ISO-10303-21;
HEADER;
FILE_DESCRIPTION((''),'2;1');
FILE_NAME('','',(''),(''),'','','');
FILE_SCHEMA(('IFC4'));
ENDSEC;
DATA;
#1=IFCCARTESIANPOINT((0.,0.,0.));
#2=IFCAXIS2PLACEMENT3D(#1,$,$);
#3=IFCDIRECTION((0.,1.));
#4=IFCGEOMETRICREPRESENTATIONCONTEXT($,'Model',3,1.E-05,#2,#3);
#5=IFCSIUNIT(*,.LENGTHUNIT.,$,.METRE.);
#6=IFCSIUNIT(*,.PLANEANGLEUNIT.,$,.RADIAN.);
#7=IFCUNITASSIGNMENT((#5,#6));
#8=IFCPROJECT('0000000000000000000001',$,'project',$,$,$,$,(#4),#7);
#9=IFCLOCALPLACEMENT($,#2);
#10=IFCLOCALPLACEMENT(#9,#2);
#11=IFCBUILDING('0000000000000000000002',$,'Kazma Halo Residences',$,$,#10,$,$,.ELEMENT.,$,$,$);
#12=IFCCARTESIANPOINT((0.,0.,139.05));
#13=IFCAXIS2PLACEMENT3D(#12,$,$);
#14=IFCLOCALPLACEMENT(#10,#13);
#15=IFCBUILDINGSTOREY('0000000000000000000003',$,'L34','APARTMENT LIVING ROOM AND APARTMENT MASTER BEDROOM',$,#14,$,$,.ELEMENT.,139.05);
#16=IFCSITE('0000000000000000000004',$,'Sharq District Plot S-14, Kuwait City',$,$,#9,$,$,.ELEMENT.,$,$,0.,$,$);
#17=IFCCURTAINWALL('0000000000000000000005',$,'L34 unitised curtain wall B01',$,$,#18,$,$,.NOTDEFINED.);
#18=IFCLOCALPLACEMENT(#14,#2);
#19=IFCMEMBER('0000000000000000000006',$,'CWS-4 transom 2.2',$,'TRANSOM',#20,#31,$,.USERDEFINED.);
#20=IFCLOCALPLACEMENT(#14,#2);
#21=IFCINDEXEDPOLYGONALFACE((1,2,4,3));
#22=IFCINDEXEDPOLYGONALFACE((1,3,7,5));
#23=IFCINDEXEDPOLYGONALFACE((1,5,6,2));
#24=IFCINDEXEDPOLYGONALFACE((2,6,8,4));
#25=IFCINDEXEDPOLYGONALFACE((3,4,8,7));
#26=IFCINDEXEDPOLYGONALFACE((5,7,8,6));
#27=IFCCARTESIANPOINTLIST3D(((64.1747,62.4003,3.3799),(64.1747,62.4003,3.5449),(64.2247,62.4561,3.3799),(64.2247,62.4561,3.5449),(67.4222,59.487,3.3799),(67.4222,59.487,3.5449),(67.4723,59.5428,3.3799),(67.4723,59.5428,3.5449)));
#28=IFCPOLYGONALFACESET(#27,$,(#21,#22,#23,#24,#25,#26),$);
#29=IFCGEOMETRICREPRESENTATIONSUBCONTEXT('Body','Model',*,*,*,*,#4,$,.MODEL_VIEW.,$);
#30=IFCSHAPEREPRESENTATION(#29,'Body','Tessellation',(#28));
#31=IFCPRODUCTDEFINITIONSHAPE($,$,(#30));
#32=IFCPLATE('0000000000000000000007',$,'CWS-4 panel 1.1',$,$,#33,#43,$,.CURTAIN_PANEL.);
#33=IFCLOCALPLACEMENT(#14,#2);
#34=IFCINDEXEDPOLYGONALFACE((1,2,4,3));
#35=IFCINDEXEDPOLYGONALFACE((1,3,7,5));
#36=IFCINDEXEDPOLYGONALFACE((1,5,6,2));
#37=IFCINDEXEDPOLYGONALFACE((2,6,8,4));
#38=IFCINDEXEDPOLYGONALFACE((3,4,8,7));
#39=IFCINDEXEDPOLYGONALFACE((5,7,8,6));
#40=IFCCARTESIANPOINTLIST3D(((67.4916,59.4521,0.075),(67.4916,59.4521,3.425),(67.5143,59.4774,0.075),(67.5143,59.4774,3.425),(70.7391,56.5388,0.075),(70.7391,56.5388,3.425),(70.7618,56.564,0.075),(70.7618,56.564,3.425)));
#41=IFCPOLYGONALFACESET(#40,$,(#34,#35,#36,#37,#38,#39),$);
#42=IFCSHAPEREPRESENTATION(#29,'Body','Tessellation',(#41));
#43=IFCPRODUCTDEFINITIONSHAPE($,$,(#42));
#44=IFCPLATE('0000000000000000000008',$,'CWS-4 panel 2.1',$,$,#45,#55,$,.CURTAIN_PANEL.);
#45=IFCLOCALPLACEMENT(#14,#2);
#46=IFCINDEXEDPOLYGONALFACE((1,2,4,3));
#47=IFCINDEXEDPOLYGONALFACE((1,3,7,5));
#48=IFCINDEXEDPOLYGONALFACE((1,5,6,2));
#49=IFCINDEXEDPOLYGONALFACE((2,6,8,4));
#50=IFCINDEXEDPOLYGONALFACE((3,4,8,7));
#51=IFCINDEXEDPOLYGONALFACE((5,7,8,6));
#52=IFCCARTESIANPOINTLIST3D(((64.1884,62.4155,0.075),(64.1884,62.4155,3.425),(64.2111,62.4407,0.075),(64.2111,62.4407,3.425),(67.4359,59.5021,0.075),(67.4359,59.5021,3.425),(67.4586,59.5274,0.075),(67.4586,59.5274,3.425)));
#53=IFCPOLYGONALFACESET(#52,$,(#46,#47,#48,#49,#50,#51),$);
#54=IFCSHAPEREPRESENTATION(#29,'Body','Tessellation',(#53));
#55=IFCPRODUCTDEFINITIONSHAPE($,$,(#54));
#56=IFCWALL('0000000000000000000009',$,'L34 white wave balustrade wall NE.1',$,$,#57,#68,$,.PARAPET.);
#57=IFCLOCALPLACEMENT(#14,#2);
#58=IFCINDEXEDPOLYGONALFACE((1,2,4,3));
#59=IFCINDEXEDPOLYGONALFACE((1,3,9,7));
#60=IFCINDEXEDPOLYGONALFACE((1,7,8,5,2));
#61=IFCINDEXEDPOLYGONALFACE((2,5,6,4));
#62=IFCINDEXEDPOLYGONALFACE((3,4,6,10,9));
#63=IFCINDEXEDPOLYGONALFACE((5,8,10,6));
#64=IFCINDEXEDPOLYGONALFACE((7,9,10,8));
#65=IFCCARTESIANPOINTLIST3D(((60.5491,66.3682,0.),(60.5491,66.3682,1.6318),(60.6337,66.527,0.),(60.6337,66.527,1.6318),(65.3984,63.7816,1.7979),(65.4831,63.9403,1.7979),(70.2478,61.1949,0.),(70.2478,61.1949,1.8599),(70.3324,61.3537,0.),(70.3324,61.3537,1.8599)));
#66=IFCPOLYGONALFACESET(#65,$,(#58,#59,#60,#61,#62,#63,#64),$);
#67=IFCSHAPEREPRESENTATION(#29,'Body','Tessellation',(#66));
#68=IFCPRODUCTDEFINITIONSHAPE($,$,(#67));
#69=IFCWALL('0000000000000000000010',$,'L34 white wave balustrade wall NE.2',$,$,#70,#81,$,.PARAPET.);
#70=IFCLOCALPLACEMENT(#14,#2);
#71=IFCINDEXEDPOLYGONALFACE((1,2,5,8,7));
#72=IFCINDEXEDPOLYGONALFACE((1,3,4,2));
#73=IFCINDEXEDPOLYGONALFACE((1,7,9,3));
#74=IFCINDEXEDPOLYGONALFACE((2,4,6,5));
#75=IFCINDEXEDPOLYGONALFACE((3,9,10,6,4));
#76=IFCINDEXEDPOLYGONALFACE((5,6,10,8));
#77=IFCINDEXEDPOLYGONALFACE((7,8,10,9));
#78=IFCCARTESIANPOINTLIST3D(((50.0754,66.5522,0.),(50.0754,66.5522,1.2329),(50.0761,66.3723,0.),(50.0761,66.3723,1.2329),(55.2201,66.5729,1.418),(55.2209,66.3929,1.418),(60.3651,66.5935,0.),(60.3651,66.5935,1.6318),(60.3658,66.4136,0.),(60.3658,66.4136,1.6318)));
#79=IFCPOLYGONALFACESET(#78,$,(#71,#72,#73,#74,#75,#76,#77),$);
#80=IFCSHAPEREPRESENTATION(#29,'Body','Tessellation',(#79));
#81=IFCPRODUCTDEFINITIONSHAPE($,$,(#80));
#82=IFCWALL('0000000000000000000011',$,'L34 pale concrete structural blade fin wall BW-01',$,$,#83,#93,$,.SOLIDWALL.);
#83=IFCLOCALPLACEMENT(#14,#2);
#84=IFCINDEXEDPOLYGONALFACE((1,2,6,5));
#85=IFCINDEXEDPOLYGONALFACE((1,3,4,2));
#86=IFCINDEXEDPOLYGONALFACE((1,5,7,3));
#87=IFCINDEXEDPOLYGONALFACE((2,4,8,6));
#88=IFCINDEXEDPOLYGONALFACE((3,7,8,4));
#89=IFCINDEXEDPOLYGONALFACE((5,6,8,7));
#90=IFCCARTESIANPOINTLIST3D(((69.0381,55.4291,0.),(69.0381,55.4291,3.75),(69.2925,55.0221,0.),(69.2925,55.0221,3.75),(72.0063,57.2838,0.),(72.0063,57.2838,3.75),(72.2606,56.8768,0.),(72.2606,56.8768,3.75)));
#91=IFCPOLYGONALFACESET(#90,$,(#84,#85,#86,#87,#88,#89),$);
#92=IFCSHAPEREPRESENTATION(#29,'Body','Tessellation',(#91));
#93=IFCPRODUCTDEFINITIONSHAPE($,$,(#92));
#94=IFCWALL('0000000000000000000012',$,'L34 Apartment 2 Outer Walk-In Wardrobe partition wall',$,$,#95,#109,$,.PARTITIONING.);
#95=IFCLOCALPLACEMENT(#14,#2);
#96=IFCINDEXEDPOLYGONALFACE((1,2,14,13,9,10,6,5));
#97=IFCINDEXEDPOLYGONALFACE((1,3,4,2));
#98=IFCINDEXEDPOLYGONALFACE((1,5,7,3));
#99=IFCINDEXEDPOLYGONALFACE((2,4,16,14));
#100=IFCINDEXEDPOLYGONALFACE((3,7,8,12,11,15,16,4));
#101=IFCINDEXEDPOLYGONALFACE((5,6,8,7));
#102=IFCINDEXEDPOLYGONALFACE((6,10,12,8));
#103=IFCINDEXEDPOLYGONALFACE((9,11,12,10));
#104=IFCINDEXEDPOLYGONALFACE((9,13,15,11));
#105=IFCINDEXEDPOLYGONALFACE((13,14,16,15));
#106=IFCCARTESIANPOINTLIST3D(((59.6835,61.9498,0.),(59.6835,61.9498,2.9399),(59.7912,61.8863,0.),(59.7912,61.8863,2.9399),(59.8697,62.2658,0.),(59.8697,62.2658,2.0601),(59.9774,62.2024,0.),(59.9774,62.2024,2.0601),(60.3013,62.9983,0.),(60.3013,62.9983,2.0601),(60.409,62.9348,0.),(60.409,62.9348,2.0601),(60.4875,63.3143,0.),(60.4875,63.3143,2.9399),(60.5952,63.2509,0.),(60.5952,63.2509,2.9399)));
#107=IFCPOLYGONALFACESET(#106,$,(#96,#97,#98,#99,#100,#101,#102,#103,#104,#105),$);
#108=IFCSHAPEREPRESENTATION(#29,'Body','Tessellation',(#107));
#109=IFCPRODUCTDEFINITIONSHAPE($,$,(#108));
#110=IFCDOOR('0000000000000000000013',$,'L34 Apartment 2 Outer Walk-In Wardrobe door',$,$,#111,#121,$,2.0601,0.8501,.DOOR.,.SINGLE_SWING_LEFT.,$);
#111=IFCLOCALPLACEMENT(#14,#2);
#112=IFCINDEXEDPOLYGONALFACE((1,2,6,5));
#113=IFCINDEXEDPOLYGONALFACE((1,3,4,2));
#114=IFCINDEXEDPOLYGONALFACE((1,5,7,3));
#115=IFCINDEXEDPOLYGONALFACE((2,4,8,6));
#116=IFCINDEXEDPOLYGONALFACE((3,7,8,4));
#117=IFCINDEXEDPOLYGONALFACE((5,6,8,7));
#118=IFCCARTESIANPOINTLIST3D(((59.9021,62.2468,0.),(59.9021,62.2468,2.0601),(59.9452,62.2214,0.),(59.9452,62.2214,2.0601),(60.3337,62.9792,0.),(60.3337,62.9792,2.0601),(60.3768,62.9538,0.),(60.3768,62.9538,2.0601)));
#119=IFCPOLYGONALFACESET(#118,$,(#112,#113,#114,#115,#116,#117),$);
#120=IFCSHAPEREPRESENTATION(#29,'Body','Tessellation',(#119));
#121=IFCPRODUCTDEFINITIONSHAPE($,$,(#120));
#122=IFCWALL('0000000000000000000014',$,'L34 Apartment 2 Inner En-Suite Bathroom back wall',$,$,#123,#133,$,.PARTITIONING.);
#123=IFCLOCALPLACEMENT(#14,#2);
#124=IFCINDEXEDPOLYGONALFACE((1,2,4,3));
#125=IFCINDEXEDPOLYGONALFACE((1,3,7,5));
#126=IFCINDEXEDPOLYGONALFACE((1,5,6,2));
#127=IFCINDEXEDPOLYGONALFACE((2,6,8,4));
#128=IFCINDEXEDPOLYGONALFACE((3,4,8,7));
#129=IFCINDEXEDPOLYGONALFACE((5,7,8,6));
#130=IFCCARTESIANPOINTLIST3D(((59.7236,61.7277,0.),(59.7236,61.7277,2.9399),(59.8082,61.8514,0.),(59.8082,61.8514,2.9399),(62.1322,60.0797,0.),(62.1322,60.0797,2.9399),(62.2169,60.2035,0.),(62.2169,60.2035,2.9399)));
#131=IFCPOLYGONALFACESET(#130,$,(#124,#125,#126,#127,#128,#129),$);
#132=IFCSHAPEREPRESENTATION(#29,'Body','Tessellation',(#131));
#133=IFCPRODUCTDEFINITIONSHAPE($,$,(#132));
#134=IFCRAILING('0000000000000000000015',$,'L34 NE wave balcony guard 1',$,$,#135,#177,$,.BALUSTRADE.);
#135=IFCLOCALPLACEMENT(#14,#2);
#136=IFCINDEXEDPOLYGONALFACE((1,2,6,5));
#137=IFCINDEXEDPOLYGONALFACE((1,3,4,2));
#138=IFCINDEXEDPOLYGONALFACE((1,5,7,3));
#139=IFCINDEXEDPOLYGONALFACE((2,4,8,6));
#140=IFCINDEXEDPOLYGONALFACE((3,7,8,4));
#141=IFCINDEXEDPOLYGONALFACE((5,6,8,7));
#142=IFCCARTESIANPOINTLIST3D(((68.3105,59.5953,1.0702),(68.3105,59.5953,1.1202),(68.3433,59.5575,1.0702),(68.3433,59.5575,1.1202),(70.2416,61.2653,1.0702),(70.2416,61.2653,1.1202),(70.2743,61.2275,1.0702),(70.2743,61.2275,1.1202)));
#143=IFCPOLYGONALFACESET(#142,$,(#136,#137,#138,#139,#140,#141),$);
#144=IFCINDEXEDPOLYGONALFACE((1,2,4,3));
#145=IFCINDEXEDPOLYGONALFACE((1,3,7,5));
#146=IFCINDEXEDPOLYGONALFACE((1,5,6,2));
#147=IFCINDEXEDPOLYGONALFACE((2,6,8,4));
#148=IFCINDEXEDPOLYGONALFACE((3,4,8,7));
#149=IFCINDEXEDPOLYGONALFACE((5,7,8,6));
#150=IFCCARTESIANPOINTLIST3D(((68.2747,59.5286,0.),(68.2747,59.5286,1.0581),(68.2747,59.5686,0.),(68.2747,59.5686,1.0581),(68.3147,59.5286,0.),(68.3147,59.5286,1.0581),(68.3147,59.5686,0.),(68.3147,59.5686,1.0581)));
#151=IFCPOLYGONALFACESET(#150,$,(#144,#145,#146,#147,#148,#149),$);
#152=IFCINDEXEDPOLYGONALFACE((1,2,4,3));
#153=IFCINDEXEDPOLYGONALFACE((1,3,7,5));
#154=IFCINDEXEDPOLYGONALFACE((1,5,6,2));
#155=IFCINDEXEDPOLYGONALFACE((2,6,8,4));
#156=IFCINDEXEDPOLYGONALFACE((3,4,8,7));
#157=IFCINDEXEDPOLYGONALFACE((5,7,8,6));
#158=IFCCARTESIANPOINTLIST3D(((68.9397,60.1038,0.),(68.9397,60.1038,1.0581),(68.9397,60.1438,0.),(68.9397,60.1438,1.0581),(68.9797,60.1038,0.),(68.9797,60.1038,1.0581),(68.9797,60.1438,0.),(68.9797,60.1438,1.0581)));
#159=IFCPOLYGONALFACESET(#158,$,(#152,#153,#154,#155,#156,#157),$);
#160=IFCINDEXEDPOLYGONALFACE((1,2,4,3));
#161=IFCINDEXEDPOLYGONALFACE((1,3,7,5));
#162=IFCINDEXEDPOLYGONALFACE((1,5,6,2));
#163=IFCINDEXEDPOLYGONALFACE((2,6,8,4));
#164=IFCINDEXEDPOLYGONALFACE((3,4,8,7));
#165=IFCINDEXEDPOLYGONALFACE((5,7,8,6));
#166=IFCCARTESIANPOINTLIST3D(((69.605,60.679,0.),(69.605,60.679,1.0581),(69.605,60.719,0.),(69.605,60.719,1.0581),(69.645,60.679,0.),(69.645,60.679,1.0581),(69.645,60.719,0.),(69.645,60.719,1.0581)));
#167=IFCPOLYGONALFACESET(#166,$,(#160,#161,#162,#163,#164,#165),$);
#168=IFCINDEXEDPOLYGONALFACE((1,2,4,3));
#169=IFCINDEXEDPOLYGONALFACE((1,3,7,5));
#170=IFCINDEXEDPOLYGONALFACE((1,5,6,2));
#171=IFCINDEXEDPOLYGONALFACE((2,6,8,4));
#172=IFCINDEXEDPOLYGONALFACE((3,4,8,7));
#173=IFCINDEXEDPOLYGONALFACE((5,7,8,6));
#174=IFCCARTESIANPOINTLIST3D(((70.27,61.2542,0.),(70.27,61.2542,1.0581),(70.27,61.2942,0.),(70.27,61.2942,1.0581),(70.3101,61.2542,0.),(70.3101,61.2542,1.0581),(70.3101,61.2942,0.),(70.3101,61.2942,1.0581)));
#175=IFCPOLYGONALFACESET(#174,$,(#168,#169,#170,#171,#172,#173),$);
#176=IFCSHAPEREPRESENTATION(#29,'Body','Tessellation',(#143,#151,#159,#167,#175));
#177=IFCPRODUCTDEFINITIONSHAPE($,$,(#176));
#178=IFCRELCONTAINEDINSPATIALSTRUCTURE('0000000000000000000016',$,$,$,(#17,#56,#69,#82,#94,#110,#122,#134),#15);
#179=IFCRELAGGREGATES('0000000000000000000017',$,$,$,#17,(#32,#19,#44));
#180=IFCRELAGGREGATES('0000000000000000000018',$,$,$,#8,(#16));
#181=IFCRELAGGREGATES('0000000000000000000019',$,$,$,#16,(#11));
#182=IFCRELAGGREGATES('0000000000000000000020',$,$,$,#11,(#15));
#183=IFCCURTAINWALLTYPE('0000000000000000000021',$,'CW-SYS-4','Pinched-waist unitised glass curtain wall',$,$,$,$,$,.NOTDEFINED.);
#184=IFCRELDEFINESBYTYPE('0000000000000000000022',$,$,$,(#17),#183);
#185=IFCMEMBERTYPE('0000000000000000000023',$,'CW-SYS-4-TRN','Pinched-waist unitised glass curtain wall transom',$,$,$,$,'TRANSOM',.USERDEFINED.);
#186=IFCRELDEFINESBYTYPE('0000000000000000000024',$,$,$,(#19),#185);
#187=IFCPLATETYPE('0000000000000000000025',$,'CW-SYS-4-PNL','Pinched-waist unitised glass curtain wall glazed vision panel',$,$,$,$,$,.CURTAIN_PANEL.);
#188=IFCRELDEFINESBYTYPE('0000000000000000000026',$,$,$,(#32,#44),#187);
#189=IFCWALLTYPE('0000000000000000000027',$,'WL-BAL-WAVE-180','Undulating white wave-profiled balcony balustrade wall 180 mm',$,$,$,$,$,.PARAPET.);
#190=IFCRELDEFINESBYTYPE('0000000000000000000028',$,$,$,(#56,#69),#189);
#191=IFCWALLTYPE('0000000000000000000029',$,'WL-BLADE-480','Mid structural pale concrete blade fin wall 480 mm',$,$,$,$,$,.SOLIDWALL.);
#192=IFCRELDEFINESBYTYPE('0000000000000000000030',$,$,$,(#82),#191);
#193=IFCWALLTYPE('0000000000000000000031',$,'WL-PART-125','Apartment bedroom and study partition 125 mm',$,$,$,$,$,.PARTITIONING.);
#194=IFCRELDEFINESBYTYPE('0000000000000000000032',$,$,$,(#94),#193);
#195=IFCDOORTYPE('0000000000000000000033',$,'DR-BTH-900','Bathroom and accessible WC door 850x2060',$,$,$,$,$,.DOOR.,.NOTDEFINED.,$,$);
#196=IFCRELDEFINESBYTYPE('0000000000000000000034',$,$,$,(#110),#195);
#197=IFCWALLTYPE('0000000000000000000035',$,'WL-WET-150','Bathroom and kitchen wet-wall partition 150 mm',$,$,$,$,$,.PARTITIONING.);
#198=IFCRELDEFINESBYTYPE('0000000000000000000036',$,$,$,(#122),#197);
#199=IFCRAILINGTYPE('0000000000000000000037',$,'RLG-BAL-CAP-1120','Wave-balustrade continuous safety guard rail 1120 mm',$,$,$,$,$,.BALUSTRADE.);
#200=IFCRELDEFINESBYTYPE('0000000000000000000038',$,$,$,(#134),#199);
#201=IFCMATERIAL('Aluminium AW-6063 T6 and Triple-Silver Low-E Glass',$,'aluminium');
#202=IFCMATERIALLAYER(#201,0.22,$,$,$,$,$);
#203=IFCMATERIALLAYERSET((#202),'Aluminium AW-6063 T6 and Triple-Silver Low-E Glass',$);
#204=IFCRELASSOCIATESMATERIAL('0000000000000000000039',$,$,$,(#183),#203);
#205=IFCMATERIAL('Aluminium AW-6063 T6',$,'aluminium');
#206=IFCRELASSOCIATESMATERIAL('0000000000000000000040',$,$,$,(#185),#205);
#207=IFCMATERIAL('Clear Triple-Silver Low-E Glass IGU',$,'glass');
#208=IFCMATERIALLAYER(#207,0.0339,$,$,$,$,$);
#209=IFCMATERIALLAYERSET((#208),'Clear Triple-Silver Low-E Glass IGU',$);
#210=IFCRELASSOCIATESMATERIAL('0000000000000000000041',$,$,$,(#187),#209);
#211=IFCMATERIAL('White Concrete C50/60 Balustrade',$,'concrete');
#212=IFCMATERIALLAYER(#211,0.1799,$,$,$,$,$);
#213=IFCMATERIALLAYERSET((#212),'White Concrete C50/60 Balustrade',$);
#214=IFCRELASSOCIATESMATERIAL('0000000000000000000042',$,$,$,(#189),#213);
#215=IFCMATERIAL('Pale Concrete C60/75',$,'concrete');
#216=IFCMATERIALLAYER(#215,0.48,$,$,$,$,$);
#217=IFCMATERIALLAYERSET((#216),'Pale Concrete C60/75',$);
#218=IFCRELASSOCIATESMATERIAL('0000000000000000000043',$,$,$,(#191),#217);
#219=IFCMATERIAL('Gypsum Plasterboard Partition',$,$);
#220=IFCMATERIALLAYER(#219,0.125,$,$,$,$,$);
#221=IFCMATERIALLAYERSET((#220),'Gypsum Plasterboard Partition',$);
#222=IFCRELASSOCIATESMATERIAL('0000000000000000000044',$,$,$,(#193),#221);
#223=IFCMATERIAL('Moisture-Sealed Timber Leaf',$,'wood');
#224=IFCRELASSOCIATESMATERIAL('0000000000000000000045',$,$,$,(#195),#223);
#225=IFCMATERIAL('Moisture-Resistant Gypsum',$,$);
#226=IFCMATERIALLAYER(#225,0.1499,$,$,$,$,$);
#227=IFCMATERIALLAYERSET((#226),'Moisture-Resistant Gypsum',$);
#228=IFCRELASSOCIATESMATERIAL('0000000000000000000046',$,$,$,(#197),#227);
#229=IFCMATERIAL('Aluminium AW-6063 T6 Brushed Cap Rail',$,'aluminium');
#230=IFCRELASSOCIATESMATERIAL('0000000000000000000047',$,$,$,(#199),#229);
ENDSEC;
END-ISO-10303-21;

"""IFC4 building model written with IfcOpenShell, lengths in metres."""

from ifc_helpers import new_model, si_unit, direction, frame, frame_2d, origin, origin_2d, place, context, subcontext, project, spatial, polyline, rectangle, outline, extrude, material, layer, layer_set, material_profile, profile_set, type_object, element, fill, aggregate, save


model = new_model("IFC4")

# Units and contexts
model_context = context("Model", 3, precision=1e-05, world=origin(), true_north=direction((0.0, 1.0)))
body_context = subcontext(model_context, "Body", "Model", "MODEL_VIEW")
ifc_project = project(units=[si_unit("LENGTHUNIT", "METRE"), si_unit("PLANEANGLEUNIT", "RADIAN")], contexts=[model_context])

# Site, building, storey
site_placement = place(None, origin())
site = spatial("IfcSite", under=ifc_project, at=site_placement, Name="Sharq District Plot S-14, Kuwait City", CompositionType="ELEMENT", RefElevation=0.0)
building_placement = place(site_placement, origin())
building = spatial("IfcBuilding", under=site, at=building_placement, Name="Kazma Halo Residences", CompositionType="ELEMENT")
storey_placement = place(building_placement, frame((0.0, 0.0, 139.05)))
storey = spatial("IfcBuildingStorey", under=building, at=storey_placement, Name="L34", Description="APARTMENT LIVING ROOM AND APARTMENT MASTER BEDROOM", CompositionType="ELEMENT", Elevation=139.05)

# Curtain wall
ifc_material_1 = material(Name="Aluminium AW-6063 T6 and Triple-Silver Low-E Glass", Category="aluminium")
ifc_layer_1 = layer(ifc_material_1, 0.22)
ifc_layer_set_1 = layer_set([ifc_layer_1], Name="Aluminium AW-6063 T6 and Triple-Silver Low-E Glass")
curtain_wall_type = type_object("IfcCurtainWallType", Name="CW-SYS-4", Description="Pinched-waist unitised glass curtain wall", PredefinedType="NOTDEFINED", material=ifc_layer_set_1)
curtain_wall_1_placement = place(storey_placement, origin())
curtain_wall_1 = element("IfcCurtainWall", 1, at=curtain_wall_1_placement, inside=storey, type_object=curtain_wall_type, Name="L34 unitised curtain wall B01", PredefinedType="NOTDEFINED")
ifc_material_2 = material(Name="Aluminium AW-6063 T6", Category="aluminium")

# Member
ifc_material_profile_1 = material_profile(ifc_material_2, rectangle(XDim=0.075, YDim=0.165, at=origin_2d()), Name="CWT-75x165")
ifc_profile_set_1 = profile_set([ifc_material_profile_1], Name="Aluminium AW-6063 T6")
member_type_1 = type_object("IfcMemberType", Name="CW-SYS-4-TRN", Description="Pinched-waist unitised glass curtain wall transom", ElementType="TRANSOM", PredefinedType="USERDEFINED", material=ifc_profile_set_1)
member_1_placement = place(storey_placement, frame((67.4473, 59.5149, 3.4624), z_axis=(-0.744373, 0.667764, 0.0), x_axis=(-0.667764, -0.744373, 0.0)))
member_1 = element("IfcMember", 2, at=member_1_placement, type_object=member_type_1, Name="CWS-4 transom 2.2", ObjectType="TRANSOM", PredefinedType="USERDEFINED", context=body_context, shape_type="SweptSolid", body=[
    extrude(rectangle(XDim=0.075, YDim=0.165, at=origin_2d()), origin(), (0.0, 0.0, 1.0), 4.3628),
])

# Plates
ifc_material_3 = material(Name="Clear Triple-Silver Low-E Glass IGU", Category="glass")
ifc_layer_2 = layer(ifc_material_3, 0.0339)
ifc_layer_set_2 = layer_set([ifc_layer_2], Name="Clear Triple-Silver Low-E Glass IGU")
plate_type = type_object("IfcPlateType", Name="CW-SYS-4-PNL", Description="Pinched-waist unitised glass curtain wall glazed vision panel", PredefinedType="CURTAIN_PANEL", material=ifc_layer_set_2)
plate_1_placement = place(storey_placement, frame((69.1267, 58.0081, 0.075), z_axis=(0.0, 0.0, 1.0), x_axis=(-0.744368, 0.66777, 0.0)))
plate_1 = element("IfcPlate", 3, at=plate_1_placement, type_object=plate_type, Name="CWS-4 panel 1.1", PredefinedType="CURTAIN_PANEL", context=body_context, shape_type="SweptSolid", body=[
    extrude(rectangle(XDim=4.3628, YDim=0.0339, at=origin_2d()), origin(), (0.0, 0.0, 1.0), 3.3501),
])
plate_2_placement = place(storey_placement, frame((65.8235, 60.9714, 0.075), z_axis=(0.0, 0.0, 1.0), x_axis=(-0.744368, 0.66777, 0.0)))
plate_2 = element("IfcPlate", 4, at=plate_2_placement, type_object=plate_type, Name="CWS-4 panel 2.1", PredefinedType="CURTAIN_PANEL", context=body_context, shape_type="SweptSolid", body=[
    extrude(rectangle(XDim=4.3628, YDim=0.0339, at=origin_2d()), origin(), (0.0, 0.0, 1.0), 3.3501),
])
aggregate(curtain_wall_1, [plate_1, member_1, plate_2])

# Walls
ifc_material_4 = material(Name="White Concrete C50/60 Balustrade", Category="concrete")
ifc_layer_3 = layer(ifc_material_4, 0.1799)
ifc_layer_set_3 = layer_set([ifc_layer_3], Name="White Concrete C50/60 Balustrade")
wall_type_1 = type_object("IfcWallType", Name="WL-BAL-WAVE-180", Description="Undulating white wave-profiled balcony balustrade wall 180 mm", PredefinedType="PARAPET", material=ifc_layer_set_3)
wall_1_placement = place(storey_placement, frame((70.29, 61.2742, 0.0), z_axis=(0.0, 0.0, 1.0), x_axis=(-0.882327, 0.470637, 0.0)))
element("IfcWall", 5, at=wall_1_placement, inside=storey, type_object=wall_type_1, Name="L34 white wave balustrade wall NE.1", PredefinedType="PARAPET", context=body_context, shape_type="SweptSolid", body=[
    extrude(outline(polyline([(0.0, 0.0), (10.9922, 0.0), (10.9922, 1.6318), (5.4961, 1.7979), (0.0, 1.8599), (0.0, 0.0)])), frame((0.0, 0.0898, 0.0), z_axis=(0.0, -1.0, 0.0), x_axis=(1.0, 0.0, 0.0)), (0.0, 0.0, 1.0), 0.1799),
])
wall_2_placement = place(storey_placement, frame((60.3655, 66.5034, 0.0), z_axis=(0.0, 0.0, 1.0), x_axis=(-0.999992, -0.00401, 0.0)))
element("IfcWall", 6, at=wall_2_placement, inside=storey, type_object=wall_type_1, Name="L34 white wave balustrade wall NE.2", PredefinedType="PARAPET", context=body_context, shape_type="SweptSolid", body=[
    extrude(outline(polyline([(0.0, 0.0), (10.2898, 0.0), (10.2898, 1.2329), (5.145, 1.418), (0.0, 1.6318), (0.0, 0.0)])), frame((0.0, 0.0898, 0.0), z_axis=(0.0, -1.0, 0.0), x_axis=(1.0, 0.0, 0.0)), (0.0, 0.0, 1.0), 0.1799),
])
ifc_material_5 = material(Name="Pale Concrete C60/75", Category="concrete")
ifc_layer_4 = layer(ifc_material_5, 0.48)
ifc_layer_set_4 = layer_set([ifc_layer_4], Name="Pale Concrete C60/75")
wall_type_2 = type_object("IfcWallType", Name="WL-BLADE-480", Description="Mid structural pale concrete blade fin wall 480 mm", PredefinedType="SOLIDWALL", material=ifc_layer_set_4)
wall_3_placement = place(storey_placement, frame((69.1653, 55.2256, 0.0), z_axis=(0.0, 0.0, 1.0), x_axis=(0.848053, 0.529911, 0.0)))
element("IfcWall", 7, at=wall_3_placement, inside=storey, type_object=wall_type_2, Name="L34 pale concrete structural blade fin wall BW-01", PredefinedType="SOLIDWALL", context=body_context, shape_type="SweptSolid", body=[
    extrude(rectangle(XDim=3.5, YDim=0.48, at=frame_2d((1.75, 0.0))), origin(), (0.0, 0.0, 1.0), 3.75),
])

# Wall, opening, door
ifc_material_6 = material(Name="Gypsum Plasterboard Partition")
ifc_layer_5 = layer(ifc_material_6, 0.125)
ifc_layer_set_5 = layer_set([ifc_layer_5], Name="Gypsum Plasterboard Partition")
wall_type_3 = type_object("IfcWallType", Name="WL-PART-125", Description="Apartment bedroom and study partition 125 mm", PredefinedType="PARTITIONING", material=ifc_layer_set_5)
wall_4_placement = place(storey_placement, frame((59.7373, 61.918, 0.0), z_axis=(0.0, 0.0, 1.0), x_axis=(0.507633, 0.861573, 0.0)))
wall_4 = element("IfcWall", 8, at=wall_4_placement, inside=storey, type_object=wall_type_3, Name="L34 Apartment 2 Outer Walk-In Wardrobe partition wall", PredefinedType="PARTITIONING", context=body_context, shape_type="SweptSolid", body=[
    extrude(rectangle(XDim=1.5837, YDim=0.125, at=frame_2d((0.792, 0.0))), origin(), (0.0, 0.0, 1.0), 2.9399),
])
opening_1_placement = place(wall_4_placement, frame((0.3669, 0.0, 0.0)))
opening_1 = element("IfcOpeningElement", 9, at=opening_1_placement, cuts=wall_4, PredefinedType="OPENING", context=body_context, shape_type="SweptSolid", body=[
    extrude(rectangle(XDim=0.8501, YDim=2.0601, at=frame_2d((0.425, 1.03))), frame((0.0, 0.0725, 0.0), z_axis=(0.0, -1.0, 0.0), x_axis=(1.0, 0.0, 0.0)), (0.0, 0.0, 1.0), 0.145),
])
ifc_material_7 = material(Name="Moisture-Sealed Timber Leaf", Category="wood")
door_type_1 = type_object("IfcDoorType", Name="DR-BTH-900", Description="Bathroom and accessible WC door 850x2060", OperationType="NOTDEFINED", PredefinedType="DOOR", material=ifc_material_7)
door_1_placement = place(opening_1_placement, origin())
door_1 = element("IfcDoor", 10, at=door_1_placement, inside=storey, type_object=door_type_1, Name="L34 Apartment 2 Outer Walk-In Wardrobe door", OperationType="SINGLE_SWING_LEFT", OverallHeight=2.0601, OverallWidth=0.8501, PredefinedType="DOOR", context=body_context, shape_type="SweptSolid", body=[
    extrude(rectangle(XDim=0.8501, YDim=2.0601, at=frame_2d((0.425, 1.03))), frame((0.0, 0.0249, 0.0), z_axis=(0.0, -1.0, 0.0), x_axis=(1.0, 0.0, 0.0)), (0.0, 0.0, 1.0), 0.05),
])
fill(opening_1, door_1)

# Wall
ifc_material_8 = material(Name="Moisture-Resistant Gypsum")
ifc_layer_6 = layer(ifc_material_8, 0.1499)
ifc_layer_set_6 = layer_set([ifc_layer_6], Name="Moisture-Resistant Gypsum")
wall_type_4 = type_object("IfcWallType", Name="WL-WET-150", Description="Bathroom and kitchen wet-wall partition 150 mm", PredefinedType="PARTITIONING", material=ifc_layer_set_6)
wall_5_placement = place(storey_placement, frame((62.1746, 60.1416, 0.0), z_axis=(0.0, 0.0, 1.0), x_axis=(-0.825324, 0.56466, 0.0)))
element("IfcWall", 11, at=wall_5_placement, inside=storey, type_object=wall_type_4, Name="L34 Apartment 2 Inner En-Suite Bathroom back wall", PredefinedType="PARTITIONING", context=body_context, shape_type="SweptSolid", body=[
    extrude(rectangle(XDim=2.9185, YDim=0.1499, at=frame_2d((1.4592, 0.0))), origin(), (0.0, 0.0, 1.0), 2.9399),
])

# Railing
ifc_material_9 = material(Name="Aluminium AW-6063 T6 Brushed Cap Rail", Category="aluminium")
railing_type = type_object("IfcRailingType", Name="RLG-BAL-CAP-1120", Description="Wave-balustrade continuous safety guard rail 1120 mm", PredefinedType="BALUSTRADE", material=ifc_material_9)
railing_1_placement = place(storey_placement, frame((68.2947, 59.5486, 0.0)))
element("IfcRailing", 12, at=railing_1_placement, inside=storey, type_object=railing_type, Name="L34 NE wave balcony guard 1", PredefinedType="BALUSTRADE", context=body_context, shape_type="SweptSolid", body=[
    extrude(rectangle(XDim=0.05, YDim=0.05, at=origin_2d()), frame((0.0322, 0.0278, 1.0952), z_axis=(0.756388, 0.654123, 0.0), x_axis=(-0.654123, 0.756388, 0.0)), (0.0, 0.0, 1.0), 2.553),
    extrude(rectangle(XDim=0.04, YDim=0.04, at=origin_2d()), origin(), (0.0, 0.0, 1.0), 1.0581),
    extrude(rectangle(XDim=0.04, YDim=0.04, at=origin_2d()), frame((0.665, 0.5752, 0.0)), (0.0, 0.0, 1.0), 1.0581),
    extrude(rectangle(XDim=0.04, YDim=0.04, at=origin_2d()), frame((1.3303, 1.1504, 0.0)), (0.0, 0.0, 1.0), 1.0581),
    extrude(rectangle(XDim=0.04, YDim=0.04, at=origin_2d()), frame((1.9954, 1.7256, 0.0)), (0.0, 0.0, 1.0), 1.0581),
])

save(model, "model.ifc")
